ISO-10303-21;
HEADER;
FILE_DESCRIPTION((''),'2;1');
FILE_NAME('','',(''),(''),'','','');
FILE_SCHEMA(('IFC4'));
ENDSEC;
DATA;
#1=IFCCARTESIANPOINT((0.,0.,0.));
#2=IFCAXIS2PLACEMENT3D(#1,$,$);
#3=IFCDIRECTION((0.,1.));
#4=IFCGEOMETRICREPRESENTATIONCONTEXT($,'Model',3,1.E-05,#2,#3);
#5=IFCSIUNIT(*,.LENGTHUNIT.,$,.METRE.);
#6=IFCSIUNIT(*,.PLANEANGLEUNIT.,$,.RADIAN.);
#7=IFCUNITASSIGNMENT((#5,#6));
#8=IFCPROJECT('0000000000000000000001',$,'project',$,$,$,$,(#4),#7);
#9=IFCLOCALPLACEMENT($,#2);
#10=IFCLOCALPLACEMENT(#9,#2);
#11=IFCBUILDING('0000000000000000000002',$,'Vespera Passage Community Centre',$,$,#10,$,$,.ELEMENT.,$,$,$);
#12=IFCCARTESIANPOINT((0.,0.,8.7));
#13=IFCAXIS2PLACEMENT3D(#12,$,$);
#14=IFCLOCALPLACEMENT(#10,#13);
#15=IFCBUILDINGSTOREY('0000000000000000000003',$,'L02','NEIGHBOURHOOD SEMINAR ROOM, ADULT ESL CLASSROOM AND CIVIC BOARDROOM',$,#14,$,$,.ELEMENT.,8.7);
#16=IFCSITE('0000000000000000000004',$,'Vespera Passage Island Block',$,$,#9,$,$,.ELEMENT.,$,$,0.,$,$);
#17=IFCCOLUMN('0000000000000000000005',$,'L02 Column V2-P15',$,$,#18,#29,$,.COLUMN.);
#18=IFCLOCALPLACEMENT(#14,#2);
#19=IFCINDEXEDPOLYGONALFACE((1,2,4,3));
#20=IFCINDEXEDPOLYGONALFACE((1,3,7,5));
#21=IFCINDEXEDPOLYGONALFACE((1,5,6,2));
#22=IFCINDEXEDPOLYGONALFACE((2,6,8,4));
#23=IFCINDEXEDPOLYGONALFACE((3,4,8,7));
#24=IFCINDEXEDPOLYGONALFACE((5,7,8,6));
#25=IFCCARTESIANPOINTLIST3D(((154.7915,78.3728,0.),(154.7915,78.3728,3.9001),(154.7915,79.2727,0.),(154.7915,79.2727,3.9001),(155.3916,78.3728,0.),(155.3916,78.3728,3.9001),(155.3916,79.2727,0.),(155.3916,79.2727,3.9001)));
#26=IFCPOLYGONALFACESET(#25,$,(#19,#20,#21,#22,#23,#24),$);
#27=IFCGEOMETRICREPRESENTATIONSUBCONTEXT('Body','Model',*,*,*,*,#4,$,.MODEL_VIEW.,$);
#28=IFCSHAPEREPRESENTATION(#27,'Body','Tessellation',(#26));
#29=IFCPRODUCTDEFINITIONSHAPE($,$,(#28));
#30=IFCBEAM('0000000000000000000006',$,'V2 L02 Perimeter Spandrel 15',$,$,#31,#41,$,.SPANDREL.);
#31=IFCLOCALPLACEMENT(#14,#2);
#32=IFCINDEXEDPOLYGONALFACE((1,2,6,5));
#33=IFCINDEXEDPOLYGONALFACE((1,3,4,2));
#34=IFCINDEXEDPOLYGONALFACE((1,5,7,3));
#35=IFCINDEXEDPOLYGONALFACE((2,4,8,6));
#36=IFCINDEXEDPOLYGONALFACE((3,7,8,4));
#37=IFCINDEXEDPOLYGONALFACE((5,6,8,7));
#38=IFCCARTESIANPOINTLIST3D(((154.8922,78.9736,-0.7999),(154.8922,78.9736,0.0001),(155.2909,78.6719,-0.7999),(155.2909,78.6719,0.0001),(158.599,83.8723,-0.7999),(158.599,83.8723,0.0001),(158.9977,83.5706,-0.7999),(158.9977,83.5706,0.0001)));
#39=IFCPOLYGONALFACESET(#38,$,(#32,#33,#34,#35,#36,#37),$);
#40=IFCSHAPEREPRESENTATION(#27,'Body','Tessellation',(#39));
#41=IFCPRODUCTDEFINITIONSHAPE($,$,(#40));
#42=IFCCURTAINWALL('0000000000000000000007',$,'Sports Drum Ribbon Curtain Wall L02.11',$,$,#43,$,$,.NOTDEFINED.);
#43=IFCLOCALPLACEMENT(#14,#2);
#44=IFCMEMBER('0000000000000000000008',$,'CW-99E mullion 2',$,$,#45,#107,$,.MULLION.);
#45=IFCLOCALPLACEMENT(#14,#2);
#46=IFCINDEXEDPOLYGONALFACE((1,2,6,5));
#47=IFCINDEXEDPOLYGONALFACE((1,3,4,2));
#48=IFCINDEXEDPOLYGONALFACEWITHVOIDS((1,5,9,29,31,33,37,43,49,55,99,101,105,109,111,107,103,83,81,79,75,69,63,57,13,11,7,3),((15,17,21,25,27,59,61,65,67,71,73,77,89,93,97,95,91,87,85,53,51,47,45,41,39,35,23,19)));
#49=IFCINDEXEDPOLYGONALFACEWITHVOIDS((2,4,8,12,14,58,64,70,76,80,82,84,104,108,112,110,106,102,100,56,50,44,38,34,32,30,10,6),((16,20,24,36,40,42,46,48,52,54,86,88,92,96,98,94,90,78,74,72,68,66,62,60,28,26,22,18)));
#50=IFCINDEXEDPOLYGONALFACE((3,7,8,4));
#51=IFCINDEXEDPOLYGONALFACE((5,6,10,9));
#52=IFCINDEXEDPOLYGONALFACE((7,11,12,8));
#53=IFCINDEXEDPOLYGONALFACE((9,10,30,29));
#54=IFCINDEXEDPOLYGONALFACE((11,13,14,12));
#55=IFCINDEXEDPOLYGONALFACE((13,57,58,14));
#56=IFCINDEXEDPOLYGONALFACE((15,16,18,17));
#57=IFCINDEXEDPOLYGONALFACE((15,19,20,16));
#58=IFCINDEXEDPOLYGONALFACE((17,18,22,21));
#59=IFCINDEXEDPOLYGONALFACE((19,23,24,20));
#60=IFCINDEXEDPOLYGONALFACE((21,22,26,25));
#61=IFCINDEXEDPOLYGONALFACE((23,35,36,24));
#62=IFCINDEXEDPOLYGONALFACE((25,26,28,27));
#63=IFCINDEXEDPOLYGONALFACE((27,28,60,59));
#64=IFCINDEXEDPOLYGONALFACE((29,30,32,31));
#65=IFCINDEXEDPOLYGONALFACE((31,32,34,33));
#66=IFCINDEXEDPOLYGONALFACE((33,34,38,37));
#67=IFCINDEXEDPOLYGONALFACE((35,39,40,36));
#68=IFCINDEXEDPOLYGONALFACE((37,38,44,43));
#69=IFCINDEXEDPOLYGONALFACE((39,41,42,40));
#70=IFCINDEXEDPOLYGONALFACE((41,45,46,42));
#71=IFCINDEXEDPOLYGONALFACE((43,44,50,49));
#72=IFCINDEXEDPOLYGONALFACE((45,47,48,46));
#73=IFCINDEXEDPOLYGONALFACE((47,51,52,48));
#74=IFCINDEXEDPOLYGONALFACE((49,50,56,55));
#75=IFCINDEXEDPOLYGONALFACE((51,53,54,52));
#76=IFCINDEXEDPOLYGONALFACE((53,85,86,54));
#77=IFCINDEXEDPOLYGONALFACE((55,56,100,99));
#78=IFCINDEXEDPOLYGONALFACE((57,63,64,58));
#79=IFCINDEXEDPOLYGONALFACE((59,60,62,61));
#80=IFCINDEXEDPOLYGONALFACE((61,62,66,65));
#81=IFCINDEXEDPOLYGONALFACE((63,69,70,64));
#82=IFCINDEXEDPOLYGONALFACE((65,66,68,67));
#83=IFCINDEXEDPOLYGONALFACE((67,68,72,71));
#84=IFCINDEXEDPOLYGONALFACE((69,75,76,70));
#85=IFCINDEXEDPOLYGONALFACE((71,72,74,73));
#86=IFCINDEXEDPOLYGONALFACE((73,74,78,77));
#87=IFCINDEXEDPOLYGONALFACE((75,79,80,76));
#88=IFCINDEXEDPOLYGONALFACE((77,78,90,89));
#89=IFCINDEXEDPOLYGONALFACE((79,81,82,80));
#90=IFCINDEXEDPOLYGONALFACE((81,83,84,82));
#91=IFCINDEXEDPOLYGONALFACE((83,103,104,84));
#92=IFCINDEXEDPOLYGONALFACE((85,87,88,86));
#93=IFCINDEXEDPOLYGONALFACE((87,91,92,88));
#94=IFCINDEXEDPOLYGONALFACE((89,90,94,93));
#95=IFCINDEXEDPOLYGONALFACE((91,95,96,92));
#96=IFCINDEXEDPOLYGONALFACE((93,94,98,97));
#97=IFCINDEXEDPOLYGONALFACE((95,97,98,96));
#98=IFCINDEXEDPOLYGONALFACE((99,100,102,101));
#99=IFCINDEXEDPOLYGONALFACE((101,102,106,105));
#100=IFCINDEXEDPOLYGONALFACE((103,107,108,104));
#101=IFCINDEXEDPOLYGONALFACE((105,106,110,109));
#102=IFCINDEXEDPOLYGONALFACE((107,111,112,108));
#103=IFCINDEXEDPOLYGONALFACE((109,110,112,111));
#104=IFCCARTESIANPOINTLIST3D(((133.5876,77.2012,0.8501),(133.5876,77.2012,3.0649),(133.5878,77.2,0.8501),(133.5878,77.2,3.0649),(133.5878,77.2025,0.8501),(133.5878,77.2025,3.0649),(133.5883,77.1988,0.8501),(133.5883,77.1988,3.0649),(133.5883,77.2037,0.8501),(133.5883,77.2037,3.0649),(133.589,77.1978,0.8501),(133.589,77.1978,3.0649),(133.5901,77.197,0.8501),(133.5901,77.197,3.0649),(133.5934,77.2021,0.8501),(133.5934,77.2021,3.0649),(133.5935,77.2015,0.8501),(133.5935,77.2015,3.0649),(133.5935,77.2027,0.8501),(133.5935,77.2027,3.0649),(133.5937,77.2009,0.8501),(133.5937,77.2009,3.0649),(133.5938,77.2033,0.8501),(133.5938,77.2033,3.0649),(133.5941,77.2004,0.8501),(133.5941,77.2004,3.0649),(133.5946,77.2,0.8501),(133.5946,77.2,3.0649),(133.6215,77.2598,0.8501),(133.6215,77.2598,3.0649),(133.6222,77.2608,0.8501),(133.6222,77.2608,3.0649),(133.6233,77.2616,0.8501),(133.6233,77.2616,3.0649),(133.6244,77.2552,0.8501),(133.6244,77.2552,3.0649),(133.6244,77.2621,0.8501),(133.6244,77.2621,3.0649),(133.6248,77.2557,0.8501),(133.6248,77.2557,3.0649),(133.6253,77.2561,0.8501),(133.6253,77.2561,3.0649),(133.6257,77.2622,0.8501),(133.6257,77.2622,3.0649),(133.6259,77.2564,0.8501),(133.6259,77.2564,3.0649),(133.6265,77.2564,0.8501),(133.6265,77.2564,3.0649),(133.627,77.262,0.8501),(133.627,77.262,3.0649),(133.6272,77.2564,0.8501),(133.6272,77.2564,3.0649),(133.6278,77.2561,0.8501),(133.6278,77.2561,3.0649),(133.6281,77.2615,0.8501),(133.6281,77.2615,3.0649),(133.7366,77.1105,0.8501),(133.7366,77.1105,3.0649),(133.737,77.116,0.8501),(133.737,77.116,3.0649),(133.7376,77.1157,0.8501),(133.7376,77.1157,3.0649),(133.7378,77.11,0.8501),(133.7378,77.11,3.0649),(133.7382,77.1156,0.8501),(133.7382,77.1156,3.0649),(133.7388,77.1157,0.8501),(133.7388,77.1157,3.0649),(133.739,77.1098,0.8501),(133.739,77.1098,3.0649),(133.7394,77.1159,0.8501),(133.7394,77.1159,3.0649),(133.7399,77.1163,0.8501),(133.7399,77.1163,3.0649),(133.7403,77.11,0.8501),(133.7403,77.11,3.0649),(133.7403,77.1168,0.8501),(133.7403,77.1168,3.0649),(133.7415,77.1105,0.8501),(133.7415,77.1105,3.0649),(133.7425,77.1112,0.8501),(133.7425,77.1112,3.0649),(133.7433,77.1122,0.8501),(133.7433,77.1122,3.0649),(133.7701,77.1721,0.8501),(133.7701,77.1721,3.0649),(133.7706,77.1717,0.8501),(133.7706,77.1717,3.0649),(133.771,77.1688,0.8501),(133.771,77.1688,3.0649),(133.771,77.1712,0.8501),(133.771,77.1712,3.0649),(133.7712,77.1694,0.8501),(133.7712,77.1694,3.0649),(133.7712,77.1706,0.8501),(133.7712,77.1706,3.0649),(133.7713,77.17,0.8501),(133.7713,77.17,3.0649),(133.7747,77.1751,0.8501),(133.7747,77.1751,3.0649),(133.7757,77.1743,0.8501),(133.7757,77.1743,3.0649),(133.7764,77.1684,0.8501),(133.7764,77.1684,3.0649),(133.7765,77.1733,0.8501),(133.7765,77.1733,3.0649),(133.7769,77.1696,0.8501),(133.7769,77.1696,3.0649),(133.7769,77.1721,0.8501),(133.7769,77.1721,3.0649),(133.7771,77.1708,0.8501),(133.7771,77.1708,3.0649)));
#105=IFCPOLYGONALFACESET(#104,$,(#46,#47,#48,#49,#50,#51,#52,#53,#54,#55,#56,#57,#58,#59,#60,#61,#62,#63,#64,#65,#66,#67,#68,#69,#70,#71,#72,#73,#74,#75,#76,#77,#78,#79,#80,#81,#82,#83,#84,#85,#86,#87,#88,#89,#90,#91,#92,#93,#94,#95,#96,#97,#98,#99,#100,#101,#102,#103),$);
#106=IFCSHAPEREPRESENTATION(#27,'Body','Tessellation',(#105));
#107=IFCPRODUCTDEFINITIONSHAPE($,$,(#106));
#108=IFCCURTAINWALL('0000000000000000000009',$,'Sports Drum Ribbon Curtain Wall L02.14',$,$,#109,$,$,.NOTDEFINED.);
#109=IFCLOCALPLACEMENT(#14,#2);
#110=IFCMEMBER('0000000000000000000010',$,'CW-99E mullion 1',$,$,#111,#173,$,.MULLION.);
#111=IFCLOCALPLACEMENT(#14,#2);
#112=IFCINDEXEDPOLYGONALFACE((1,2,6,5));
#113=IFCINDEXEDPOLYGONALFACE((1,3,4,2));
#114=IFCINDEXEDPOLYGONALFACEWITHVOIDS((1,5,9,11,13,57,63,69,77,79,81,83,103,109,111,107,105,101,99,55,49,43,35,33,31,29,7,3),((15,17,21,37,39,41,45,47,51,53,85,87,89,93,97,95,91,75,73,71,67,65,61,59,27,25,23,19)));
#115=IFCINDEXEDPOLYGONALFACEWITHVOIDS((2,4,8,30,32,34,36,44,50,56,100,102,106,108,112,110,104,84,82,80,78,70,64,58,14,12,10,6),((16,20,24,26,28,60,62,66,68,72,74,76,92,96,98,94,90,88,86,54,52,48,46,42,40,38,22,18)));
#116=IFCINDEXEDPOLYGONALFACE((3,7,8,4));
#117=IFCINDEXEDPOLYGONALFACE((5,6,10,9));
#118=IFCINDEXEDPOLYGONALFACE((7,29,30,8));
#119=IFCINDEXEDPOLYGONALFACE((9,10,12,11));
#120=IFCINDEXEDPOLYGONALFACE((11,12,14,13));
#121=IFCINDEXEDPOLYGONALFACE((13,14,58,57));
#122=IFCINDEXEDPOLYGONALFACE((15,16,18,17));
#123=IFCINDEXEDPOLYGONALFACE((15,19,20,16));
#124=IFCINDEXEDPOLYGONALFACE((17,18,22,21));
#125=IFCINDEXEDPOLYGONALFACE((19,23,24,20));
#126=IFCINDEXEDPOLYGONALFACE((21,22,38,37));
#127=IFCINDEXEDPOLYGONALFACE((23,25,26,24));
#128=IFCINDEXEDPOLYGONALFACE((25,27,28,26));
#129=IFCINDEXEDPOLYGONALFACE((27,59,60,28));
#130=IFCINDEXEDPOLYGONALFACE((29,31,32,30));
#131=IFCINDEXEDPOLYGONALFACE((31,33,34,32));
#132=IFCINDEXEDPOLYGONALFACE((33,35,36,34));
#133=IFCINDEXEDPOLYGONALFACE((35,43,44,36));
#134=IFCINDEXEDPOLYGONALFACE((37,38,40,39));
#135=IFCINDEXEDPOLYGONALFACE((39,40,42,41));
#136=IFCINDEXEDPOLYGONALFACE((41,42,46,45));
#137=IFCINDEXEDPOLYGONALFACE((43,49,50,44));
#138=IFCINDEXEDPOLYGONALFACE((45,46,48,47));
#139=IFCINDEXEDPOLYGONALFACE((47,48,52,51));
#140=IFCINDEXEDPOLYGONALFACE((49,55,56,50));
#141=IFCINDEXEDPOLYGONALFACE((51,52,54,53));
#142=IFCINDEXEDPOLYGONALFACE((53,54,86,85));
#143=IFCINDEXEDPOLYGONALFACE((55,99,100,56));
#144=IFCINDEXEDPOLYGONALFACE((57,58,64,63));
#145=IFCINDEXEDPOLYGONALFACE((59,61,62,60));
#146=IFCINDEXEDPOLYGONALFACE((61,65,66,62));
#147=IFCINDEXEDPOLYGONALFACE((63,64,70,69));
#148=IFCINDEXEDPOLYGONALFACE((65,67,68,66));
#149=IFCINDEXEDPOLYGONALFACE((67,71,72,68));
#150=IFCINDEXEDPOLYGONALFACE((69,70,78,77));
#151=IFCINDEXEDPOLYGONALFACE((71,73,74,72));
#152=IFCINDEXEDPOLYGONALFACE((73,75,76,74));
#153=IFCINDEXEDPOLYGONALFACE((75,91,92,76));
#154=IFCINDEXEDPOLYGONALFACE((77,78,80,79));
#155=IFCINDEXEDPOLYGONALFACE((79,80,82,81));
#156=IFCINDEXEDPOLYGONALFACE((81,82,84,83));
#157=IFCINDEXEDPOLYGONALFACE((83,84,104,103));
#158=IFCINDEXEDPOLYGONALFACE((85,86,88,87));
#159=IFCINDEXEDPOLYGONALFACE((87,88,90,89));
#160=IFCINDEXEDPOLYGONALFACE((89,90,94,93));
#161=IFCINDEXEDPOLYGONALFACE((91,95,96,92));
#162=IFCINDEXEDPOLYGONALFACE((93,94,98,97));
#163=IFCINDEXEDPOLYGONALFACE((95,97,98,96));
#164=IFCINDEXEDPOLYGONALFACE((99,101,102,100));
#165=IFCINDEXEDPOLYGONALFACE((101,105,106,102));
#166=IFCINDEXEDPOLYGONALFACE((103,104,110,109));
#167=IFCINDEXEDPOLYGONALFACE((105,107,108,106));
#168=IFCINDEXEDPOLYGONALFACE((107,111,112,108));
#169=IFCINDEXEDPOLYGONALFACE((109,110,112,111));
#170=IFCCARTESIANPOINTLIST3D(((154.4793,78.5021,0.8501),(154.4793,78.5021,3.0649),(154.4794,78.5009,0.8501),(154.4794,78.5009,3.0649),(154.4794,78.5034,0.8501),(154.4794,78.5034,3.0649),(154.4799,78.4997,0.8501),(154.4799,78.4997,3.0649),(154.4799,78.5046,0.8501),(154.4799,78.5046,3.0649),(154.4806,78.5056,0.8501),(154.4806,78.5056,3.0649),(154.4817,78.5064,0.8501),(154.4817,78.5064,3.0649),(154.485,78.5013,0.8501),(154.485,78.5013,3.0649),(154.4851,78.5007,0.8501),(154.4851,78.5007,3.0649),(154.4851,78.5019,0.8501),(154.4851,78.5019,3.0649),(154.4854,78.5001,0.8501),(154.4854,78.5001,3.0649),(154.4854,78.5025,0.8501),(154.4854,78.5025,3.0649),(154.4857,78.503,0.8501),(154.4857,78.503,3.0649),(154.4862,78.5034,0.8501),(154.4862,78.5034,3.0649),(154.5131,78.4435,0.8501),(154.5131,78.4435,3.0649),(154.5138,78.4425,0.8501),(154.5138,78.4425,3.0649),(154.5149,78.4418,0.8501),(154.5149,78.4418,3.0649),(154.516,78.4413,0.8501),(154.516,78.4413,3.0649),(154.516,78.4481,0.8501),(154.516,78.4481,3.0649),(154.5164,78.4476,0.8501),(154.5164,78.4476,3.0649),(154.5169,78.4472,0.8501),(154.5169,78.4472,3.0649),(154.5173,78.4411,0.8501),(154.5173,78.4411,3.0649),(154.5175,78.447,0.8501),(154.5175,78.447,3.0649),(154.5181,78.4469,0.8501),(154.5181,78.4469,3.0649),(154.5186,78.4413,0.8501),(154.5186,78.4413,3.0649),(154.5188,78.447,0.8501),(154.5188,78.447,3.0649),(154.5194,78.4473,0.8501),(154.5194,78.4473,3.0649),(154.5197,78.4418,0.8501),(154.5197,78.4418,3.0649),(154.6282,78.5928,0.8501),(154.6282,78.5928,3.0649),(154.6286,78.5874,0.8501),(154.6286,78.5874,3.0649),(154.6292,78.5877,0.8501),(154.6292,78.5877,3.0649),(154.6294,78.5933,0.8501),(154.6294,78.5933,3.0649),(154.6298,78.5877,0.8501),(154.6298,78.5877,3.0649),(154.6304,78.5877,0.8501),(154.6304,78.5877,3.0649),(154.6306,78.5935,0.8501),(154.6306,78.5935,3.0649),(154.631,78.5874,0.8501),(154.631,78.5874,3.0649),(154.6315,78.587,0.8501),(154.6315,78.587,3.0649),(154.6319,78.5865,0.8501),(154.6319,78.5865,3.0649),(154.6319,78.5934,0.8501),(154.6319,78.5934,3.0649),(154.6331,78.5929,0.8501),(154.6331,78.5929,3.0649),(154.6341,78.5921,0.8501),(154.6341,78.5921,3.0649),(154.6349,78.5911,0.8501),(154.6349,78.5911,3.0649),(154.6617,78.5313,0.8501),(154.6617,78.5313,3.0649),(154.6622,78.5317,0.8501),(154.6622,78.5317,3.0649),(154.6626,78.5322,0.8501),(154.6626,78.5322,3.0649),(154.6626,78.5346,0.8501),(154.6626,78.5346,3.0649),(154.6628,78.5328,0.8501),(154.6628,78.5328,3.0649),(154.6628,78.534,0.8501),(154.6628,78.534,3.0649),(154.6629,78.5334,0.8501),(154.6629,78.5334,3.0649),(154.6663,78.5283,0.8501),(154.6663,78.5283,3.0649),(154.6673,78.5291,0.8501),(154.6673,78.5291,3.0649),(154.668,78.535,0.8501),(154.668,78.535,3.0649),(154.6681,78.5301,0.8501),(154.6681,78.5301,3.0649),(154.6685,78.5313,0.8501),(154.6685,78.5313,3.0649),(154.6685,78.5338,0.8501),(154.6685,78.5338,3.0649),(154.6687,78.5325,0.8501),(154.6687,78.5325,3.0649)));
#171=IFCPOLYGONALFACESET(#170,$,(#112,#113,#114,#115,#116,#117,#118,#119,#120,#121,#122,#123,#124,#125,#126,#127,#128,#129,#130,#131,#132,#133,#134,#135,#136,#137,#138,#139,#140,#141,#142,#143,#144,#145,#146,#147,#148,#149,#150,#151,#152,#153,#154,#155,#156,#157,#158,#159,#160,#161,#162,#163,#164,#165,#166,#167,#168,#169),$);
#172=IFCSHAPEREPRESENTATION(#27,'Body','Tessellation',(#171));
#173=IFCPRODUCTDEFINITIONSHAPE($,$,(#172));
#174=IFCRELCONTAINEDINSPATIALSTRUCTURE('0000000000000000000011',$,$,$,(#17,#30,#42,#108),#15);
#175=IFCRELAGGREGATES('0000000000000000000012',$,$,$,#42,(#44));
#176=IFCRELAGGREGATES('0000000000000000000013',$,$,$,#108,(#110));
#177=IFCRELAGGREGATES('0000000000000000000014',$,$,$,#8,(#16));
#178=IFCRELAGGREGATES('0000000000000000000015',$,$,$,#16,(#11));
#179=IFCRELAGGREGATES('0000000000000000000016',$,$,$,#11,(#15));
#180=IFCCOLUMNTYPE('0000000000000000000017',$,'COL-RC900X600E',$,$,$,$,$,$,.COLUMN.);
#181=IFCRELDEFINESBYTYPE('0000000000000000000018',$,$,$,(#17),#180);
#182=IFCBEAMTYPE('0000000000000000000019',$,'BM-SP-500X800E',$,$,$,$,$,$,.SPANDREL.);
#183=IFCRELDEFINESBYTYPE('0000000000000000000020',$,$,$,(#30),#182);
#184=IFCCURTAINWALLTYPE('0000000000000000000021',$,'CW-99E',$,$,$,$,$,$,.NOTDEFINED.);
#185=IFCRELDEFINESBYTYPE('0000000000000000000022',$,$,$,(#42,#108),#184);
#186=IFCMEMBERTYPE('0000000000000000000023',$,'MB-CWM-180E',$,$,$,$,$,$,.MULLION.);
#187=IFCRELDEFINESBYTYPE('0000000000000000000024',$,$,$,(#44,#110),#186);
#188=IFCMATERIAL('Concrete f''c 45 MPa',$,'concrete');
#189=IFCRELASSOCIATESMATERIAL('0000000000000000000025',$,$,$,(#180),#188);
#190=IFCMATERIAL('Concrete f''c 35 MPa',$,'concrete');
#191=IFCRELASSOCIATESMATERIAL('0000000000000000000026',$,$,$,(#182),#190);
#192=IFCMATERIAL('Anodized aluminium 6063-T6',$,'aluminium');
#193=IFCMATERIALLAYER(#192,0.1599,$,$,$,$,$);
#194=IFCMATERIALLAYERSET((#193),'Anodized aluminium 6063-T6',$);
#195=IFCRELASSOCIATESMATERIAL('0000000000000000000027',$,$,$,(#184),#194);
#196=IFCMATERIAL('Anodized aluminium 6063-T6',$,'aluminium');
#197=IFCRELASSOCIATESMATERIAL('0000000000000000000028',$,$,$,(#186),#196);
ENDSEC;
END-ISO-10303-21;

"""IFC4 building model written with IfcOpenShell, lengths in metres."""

from ifc_helpers import new_model, si_unit, direction, frame, origin, origin_2d, place, context, subcontext, project, spatial, rectangle, hollow_rectangle, extrude, material, layer, layer_set, material_profile, profile_set, type_object, element, aggregate, save


model = new_model("IFC4")

# Units and contexts
model_context = context("Model", 3, precision=1e-05, world=origin(), true_north=direction((0.0, 1.0)))
body_context = subcontext(model_context, "Body", "Model", "MODEL_VIEW")
ifc_project = project(units=[si_unit("LENGTHUNIT", "METRE"), si_unit("PLANEANGLEUNIT", "RADIAN")], contexts=[model_context])

# Site, building, storey
site_placement = place(None, origin())
site = spatial("IfcSite", under=ifc_project, at=site_placement, Name="Vespera Passage Island Block", CompositionType="ELEMENT", RefElevation=0.0)
building_placement = place(site_placement, origin())
building = spatial("IfcBuilding", under=site, at=building_placement, Name="Vespera Passage Community Centre", CompositionType="ELEMENT")
storey_placement = place(building_placement, frame((0.0, 0.0, 8.7)))
storey = spatial("IfcBuildingStorey", under=building, at=storey_placement, Name="L02", Description="NEIGHBOURHOOD SEMINAR ROOM, ADULT ESL CLASSROOM AND CIVIC BOARDROOM", CompositionType="ELEMENT", Elevation=8.7)

# Column
ifc_material_1 = material(Name="Concrete f'c 45 MPa", Category="concrete")
ifc_material_profile_1 = material_profile(ifc_material_1, rectangle(XDim=0.6001, YDim=0.8999, at=origin_2d()), Name="RC900X600")
ifc_profile_set_1 = profile_set([ifc_material_profile_1], Name="Concrete f'c 45 MPa")
column_type = type_object("IfcColumnType", Name="COL-RC900X600E", PredefinedType="COLUMN", material=ifc_profile_set_1)
column_placement = place(storey_placement, frame((155.0916, 78.8228, 0.0), z_axis=(0.0, 0.0, 1.0), x_axis=(1.0, 0.0, 0.0)))
element("IfcColumn", 1, at=column_placement, inside=storey, type_object=column_type, Name="L02 Column V2-P15", PredefinedType="COLUMN", context=body_context, shape_type="SweptSolid", body=[
    extrude(rectangle(XDim=0.6001, YDim=0.8999, at=origin_2d()), origin(), (0.0, 0.0, 1.0), 3.9001),
])

# Beam
ifc_material_2 = material(Name="Concrete f'c 35 MPa", Category="concrete")
ifc_material_profile_2 = material_profile(ifc_material_2, rectangle(XDim=0.5, YDim=0.8, at=origin_2d()), Name="RC500X800")
ifc_profile_set_2 = profile_set([ifc_material_profile_2], Name="Concrete f'c 35 MPa")
beam_type = type_object("IfcBeamType", Name="BM-SP-500X800E", PredefinedType="SPANDREL", material=ifc_profile_set_2)
beam_placement = place(storey_placement, frame((155.0916, 78.8228, -0.3999), z_axis=(0.603409, 0.797432, 0.0), x_axis=(-0.797432, 0.603409, 0.0)))
element("IfcBeam", 2, at=beam_placement, inside=storey, type_object=beam_type, Name="V2 L02 Perimeter Spandrel 15", PredefinedType="SPANDREL", context=body_context, shape_type="SweptSolid", body=[
    extrude(rectangle(XDim=0.5, YDim=0.8, at=origin_2d()), origin(), (0.0, 0.0, 1.0), 6.1431),
])

# Curtain wall, member
ifc_material_3 = material(Name="Anodized aluminium 6063-T6", Category="aluminium")
ifc_layer_1 = layer(ifc_material_3, 0.1599)
ifc_layer_set_1 = layer_set([ifc_layer_1], Name="Anodized aluminium 6063-T6")
curtain_wall_type_1 = type_object("IfcCurtainWallType", Name="CW-99E", PredefinedType="NOTDEFINED", material=ifc_layer_set_1)
curtain_wall_1_placement = place(storey_placement, origin())
curtain_wall_1 = element("IfcCurtainWall", 3, at=curtain_wall_1_placement, inside=storey, type_object=curtain_wall_type_1, Name="Sports Drum Ribbon Curtain Wall L02.11", PredefinedType="NOTDEFINED")
ifc_material_4 = material(Name="Anodized aluminium 6063-T6", Category="aluminium")
ifc_material_profile_3 = material_profile(ifc_material_4, hollow_rectangle(XDim=0.075, YDim=0.1799, WallThickness=0.0049, InnerFilletRadius=0.0024, OuterFilletRadius=0.0049, at=origin_2d()), Name="ALU180X75X5")
ifc_profile_set_3 = profile_set([ifc_material_profile_3], Name="Anodized aluminium 6063-T6")
member_type_1 = type_object("IfcMemberType", Name="MB-CWM-180E", PredefinedType="MULLION", material=ifc_profile_set_3)
member_1_placement = place(storey_placement, frame((133.6824, 77.186, 0.8501), z_axis=(0.0, 0.0, 1.0), x_axis=(-0.50817, -0.861257, 0.0)))
member_1 = element("IfcMember", 4, at=member_1_placement, type_object=member_type_1, Name="CW-99E mullion 2", PredefinedType="MULLION", context=body_context, shape_type="SweptSolid", body=[
    extrude(hollow_rectangle(XDim=0.075, YDim=0.1799, WallThickness=0.0049, InnerFilletRadius=0.0024, OuterFilletRadius=0.0049, at=origin_2d()), origin(), (0.0, 0.0, 1.0), 2.2148),
])

# Curtain wall, member
curtain_wall_2_placement = place(storey_placement, origin())
curtain_wall_2 = element("IfcCurtainWall", 5, at=curtain_wall_2_placement, inside=storey, type_object=curtain_wall_type_1, Name="Sports Drum Ribbon Curtain Wall L02.14", PredefinedType="NOTDEFINED")
member_2_placement = place(storey_placement, frame((154.574, 78.5173, 0.8501), z_axis=(0.0, 0.0, 1.0), x_axis=(0.50817, -0.861257, 0.0)))
member_2 = element("IfcMember", 6, at=member_2_placement, type_object=member_type_1, Name="CW-99E mullion 1", PredefinedType="MULLION", context=body_context, shape_type="SweptSolid", body=[
    extrude(hollow_rectangle(XDim=0.075, YDim=0.1799, WallThickness=0.0049, InnerFilletRadius=0.0024, OuterFilletRadius=0.0049, at=origin_2d()), origin(), (0.0, 0.0, 1.0), 2.2148),
])

aggregate(curtain_wall_1, [member_1])

aggregate(curtain_wall_2, [member_2])

save(model, "model.ifc")
